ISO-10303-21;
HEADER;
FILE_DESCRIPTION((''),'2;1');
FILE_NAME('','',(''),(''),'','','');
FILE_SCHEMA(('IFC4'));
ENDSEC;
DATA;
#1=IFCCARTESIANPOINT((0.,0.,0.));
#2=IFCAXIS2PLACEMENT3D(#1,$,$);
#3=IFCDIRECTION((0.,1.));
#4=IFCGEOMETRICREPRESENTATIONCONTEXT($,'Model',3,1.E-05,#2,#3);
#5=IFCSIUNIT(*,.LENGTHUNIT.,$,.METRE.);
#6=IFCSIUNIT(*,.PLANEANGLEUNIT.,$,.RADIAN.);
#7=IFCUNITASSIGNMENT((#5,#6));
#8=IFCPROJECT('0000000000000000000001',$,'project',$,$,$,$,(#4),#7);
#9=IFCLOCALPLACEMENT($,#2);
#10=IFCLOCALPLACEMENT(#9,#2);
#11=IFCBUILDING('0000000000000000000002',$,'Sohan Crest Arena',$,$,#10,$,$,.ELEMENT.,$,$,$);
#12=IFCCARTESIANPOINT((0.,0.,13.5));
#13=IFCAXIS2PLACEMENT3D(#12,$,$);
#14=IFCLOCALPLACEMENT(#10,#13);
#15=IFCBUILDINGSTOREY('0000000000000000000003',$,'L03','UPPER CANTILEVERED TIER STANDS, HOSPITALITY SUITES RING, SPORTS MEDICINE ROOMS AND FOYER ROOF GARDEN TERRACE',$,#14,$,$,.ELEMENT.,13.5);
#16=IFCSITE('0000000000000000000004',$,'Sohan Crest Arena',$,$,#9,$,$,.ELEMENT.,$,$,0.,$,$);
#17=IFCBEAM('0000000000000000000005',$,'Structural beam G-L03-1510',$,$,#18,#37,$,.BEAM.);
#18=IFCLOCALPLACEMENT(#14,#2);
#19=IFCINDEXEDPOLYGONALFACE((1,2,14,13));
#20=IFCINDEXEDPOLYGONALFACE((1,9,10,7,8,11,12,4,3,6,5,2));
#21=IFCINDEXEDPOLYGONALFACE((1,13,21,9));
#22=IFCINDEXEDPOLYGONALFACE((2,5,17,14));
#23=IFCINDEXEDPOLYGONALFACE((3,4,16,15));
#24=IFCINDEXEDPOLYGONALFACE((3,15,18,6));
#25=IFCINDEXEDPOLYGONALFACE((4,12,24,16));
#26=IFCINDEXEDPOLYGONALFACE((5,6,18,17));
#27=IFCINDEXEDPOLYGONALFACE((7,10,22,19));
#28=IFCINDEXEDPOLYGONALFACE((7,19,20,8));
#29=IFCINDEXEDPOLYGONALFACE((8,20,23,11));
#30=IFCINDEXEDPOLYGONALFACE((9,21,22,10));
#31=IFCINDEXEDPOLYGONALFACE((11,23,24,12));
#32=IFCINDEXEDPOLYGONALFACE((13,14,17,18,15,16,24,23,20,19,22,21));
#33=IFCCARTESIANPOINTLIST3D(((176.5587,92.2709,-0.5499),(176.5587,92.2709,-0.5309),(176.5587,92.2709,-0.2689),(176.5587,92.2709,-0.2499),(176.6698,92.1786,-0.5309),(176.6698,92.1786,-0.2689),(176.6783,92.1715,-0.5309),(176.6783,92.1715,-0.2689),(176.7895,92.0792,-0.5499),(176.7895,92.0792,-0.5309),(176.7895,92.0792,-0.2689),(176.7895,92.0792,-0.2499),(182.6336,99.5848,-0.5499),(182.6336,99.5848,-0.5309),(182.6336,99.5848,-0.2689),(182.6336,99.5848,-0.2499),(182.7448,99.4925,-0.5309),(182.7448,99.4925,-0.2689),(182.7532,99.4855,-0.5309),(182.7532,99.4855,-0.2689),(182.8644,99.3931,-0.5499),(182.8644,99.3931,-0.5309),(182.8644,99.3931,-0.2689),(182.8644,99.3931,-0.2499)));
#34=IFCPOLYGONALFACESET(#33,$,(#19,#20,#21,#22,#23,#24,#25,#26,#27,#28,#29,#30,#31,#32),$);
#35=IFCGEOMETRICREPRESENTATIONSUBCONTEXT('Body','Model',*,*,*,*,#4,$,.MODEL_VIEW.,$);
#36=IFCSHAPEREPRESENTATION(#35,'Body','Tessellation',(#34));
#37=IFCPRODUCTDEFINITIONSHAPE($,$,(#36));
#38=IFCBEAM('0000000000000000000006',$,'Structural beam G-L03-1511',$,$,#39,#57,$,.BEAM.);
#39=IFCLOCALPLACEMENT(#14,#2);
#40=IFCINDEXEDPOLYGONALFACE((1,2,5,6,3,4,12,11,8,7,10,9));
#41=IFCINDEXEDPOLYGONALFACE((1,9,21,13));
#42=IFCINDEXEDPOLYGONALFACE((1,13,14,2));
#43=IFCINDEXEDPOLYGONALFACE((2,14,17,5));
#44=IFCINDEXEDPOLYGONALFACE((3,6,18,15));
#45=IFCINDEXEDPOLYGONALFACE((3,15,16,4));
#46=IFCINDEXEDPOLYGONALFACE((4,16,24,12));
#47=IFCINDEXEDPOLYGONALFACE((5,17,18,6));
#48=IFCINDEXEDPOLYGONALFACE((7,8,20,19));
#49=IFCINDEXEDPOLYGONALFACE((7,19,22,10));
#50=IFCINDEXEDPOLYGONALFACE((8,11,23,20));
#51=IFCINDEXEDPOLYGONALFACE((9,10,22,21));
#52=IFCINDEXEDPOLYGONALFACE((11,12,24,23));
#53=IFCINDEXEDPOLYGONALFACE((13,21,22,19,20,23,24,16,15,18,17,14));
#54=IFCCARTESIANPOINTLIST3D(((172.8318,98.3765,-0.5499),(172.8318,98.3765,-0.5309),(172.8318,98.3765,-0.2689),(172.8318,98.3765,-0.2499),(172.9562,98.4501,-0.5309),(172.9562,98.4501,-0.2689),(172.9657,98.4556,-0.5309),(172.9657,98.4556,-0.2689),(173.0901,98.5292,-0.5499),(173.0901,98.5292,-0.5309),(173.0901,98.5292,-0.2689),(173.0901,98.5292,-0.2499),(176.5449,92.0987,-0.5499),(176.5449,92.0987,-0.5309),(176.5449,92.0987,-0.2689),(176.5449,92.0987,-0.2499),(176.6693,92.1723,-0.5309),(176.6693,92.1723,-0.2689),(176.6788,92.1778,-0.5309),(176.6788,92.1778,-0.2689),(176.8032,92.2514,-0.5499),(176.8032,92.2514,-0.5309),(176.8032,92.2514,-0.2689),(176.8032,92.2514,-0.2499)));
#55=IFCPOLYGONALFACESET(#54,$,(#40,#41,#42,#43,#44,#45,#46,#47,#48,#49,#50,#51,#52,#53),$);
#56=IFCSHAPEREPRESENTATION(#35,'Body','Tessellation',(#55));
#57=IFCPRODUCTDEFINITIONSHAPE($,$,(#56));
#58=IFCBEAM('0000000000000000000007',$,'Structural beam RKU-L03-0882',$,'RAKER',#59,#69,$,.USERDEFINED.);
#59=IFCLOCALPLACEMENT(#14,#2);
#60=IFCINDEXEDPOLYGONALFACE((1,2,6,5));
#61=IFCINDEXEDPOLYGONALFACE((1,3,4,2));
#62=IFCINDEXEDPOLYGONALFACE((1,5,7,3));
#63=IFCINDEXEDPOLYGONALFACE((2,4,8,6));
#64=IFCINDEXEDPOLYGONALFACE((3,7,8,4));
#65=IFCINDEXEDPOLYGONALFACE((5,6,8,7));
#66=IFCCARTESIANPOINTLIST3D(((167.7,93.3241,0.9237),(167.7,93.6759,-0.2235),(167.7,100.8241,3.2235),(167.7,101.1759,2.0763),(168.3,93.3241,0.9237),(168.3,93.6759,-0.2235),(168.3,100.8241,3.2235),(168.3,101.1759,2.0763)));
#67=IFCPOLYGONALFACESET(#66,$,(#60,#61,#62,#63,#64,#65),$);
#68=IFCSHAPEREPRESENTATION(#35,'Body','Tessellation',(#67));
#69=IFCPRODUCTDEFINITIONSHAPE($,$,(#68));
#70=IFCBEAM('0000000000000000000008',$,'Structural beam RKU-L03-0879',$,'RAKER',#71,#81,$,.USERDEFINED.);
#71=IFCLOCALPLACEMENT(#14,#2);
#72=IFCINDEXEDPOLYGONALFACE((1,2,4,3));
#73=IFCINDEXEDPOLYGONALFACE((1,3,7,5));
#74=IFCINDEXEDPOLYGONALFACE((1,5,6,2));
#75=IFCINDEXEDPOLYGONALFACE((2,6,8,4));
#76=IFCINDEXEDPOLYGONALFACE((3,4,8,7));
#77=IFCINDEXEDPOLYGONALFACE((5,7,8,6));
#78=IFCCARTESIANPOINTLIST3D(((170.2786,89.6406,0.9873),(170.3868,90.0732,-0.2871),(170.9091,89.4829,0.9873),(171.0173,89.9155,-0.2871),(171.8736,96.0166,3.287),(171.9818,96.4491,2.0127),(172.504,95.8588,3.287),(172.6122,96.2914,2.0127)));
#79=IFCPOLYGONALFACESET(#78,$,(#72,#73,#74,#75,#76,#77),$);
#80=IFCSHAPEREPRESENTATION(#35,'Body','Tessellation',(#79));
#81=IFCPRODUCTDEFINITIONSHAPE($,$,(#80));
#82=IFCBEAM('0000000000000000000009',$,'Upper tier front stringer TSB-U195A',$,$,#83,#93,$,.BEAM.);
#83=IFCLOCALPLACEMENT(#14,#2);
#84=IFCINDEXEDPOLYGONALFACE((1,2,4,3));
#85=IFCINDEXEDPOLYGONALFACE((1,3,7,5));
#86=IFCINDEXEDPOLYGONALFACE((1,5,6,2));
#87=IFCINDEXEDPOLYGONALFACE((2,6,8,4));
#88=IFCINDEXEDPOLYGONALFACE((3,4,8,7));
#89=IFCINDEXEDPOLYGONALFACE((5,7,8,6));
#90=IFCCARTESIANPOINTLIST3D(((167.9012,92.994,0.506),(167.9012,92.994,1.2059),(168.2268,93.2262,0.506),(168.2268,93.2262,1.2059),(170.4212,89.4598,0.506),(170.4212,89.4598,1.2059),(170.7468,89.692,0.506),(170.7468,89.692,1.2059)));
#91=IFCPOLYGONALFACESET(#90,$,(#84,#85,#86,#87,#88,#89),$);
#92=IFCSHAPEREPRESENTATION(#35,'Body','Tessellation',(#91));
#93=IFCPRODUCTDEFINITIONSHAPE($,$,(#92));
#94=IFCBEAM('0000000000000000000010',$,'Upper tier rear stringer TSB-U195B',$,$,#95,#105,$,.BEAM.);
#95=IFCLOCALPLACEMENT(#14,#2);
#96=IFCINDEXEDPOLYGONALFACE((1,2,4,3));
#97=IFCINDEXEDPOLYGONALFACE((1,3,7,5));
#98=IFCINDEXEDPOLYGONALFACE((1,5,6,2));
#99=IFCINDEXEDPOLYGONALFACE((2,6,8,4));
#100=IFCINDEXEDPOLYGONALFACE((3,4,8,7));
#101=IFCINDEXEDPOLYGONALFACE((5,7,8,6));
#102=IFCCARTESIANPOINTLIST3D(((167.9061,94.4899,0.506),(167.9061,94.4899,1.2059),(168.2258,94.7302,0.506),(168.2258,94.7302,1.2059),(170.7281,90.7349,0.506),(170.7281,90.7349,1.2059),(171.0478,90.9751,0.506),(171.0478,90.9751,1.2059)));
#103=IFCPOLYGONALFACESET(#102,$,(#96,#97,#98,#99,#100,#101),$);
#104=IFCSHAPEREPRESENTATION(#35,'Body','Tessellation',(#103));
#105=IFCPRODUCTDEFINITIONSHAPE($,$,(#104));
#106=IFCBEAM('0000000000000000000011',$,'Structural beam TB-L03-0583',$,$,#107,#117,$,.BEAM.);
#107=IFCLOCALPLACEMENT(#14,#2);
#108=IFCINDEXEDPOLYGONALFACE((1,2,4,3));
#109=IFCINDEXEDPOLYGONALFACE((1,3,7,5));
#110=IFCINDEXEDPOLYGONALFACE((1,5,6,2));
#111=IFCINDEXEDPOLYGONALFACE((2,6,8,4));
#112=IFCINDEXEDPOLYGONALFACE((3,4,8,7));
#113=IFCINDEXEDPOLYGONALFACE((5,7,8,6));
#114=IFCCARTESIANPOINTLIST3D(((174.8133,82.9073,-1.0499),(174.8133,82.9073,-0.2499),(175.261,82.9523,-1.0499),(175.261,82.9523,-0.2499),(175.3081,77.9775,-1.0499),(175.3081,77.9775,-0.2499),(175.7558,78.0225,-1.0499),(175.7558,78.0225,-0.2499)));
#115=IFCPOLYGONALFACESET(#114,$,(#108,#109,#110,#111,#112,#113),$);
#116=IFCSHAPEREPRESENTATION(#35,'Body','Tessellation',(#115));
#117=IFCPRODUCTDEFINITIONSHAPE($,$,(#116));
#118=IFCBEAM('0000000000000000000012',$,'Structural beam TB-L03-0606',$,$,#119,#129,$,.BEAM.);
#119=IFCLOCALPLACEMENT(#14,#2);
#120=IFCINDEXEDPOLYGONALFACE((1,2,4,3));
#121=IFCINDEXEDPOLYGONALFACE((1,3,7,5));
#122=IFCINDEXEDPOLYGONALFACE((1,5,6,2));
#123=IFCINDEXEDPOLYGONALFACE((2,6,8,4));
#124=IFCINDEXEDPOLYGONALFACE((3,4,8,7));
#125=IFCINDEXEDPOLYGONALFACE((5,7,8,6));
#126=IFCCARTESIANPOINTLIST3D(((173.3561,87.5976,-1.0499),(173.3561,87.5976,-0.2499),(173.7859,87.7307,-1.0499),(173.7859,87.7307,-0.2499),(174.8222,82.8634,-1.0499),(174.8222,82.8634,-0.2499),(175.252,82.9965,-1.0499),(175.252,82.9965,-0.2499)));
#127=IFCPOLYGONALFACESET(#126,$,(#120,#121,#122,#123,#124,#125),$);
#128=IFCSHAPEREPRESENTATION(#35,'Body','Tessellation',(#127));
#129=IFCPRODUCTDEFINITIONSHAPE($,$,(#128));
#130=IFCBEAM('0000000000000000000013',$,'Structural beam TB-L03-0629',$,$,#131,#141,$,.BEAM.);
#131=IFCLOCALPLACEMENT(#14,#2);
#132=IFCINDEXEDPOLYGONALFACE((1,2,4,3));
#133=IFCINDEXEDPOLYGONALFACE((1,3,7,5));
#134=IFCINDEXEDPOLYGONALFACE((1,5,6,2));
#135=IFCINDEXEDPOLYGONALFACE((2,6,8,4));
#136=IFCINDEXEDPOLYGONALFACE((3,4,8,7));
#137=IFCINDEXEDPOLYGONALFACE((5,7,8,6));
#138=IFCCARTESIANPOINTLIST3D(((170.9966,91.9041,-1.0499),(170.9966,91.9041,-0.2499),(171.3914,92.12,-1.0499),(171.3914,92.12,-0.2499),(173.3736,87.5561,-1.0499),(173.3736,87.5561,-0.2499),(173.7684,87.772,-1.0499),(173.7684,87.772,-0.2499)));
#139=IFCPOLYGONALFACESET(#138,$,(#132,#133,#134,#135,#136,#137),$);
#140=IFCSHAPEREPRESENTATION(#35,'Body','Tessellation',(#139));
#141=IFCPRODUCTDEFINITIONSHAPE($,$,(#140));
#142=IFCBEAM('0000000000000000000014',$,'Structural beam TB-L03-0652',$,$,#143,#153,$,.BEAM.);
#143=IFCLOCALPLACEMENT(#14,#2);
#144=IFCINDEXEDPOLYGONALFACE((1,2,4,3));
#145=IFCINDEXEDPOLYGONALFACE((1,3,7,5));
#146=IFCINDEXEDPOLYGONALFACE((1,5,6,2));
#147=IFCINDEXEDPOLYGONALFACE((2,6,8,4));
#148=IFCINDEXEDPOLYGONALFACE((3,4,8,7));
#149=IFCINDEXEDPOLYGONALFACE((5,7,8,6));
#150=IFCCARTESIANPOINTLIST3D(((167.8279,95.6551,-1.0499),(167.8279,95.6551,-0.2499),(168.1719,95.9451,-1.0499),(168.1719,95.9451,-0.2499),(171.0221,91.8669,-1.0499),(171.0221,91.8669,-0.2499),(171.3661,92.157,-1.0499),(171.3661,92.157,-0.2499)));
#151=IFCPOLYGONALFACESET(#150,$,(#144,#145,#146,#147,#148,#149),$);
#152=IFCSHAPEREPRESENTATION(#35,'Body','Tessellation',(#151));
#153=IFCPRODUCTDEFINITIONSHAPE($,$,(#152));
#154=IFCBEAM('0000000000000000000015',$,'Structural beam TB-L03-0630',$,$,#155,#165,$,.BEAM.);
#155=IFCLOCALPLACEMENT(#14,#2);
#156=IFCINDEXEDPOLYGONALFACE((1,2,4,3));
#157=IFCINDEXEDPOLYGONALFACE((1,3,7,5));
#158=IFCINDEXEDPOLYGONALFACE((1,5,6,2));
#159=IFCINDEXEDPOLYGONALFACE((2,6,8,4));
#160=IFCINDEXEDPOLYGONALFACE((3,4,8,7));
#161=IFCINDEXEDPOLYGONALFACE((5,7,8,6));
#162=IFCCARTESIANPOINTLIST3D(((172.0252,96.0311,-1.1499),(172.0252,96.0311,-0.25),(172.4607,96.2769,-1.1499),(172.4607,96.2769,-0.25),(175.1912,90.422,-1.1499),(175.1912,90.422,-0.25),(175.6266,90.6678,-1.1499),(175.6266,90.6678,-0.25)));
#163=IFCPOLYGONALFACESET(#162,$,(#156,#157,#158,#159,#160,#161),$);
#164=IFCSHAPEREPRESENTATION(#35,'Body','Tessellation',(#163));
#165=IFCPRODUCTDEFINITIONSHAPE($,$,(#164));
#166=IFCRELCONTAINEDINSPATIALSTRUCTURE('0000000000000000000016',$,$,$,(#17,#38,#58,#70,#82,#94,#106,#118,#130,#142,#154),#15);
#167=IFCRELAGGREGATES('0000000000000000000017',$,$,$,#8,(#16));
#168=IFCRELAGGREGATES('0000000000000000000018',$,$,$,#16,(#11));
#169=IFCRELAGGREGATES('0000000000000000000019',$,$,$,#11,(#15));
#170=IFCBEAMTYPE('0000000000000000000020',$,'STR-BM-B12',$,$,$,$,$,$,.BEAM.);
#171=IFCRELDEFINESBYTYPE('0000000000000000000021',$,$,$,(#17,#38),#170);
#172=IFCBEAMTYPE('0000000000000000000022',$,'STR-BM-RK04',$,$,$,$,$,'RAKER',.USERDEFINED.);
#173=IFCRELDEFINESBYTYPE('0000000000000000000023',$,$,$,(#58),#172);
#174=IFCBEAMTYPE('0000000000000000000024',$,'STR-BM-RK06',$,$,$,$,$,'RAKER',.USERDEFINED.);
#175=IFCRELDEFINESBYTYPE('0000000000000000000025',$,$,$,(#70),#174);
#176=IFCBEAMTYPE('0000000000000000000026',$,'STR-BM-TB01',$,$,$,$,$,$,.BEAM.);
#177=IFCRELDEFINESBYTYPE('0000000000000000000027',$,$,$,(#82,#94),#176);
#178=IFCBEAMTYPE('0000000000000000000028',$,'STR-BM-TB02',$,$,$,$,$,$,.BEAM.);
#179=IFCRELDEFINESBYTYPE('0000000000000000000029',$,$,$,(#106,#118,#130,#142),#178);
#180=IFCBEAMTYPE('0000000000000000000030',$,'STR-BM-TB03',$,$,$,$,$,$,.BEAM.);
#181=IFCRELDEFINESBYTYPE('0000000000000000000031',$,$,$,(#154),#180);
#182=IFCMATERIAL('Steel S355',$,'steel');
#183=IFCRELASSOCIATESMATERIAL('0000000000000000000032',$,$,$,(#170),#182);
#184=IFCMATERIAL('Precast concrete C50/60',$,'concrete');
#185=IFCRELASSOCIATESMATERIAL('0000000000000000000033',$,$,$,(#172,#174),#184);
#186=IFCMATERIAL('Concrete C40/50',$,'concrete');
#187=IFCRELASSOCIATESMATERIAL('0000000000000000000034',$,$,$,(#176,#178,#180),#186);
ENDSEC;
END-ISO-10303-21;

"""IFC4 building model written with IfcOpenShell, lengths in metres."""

from ifc_helpers import new_model, si_unit, direction, frame, origin, origin_2d, place, context, subcontext, project, spatial, rectangle, i_section, extrude, material, material_profile, profile_set, type_object, element, save


model = new_model("IFC4")

# Units and contexts
model_context = context("Model", 3, precision=1e-05, world=origin(), true_north=direction((0.0, 1.0)))
body_context = subcontext(model_context, "Body", "Model", "MODEL_VIEW")
ifc_project = project(units=[si_unit("LENGTHUNIT", "METRE"), si_unit("PLANEANGLEUNIT", "RADIAN")], contexts=[model_context])

# Site, building, storey
site_placement = place(None, origin())
site = spatial("IfcSite", under=ifc_project, at=site_placement, Name="Sohan Crest Arena", CompositionType="ELEMENT", RefElevation=0.0)
building_placement = place(site_placement, origin())
building = spatial("IfcBuilding", under=site, at=building_placement, Name="Sohan Crest Arena", CompositionType="ELEMENT")
storey_placement = place(building_placement, frame((0.0, 0.0, 13.5)))
storey = spatial("IfcBuildingStorey", under=building, at=storey_placement, Name="L03", Description="UPPER CANTILEVERED TIER STANDS, HOSPITALITY SUITES RING, SPORTS MEDICINE ROOMS AND FOYER ROOF GARDEN TERRACE", CompositionType="ELEMENT", Elevation=13.5)

# Shared definitions
ifc_material_1 = material(Name="Concrete C40/50", Category="concrete")
ifc_material_2 = material(Name="Steel S355", Category="steel")

# Beams
ifc_material_profile_1 = material_profile(ifc_material_2, i_section(OverallWidth=0.3, OverallDepth=0.3, WebThickness=0.011, FlangeThickness=0.019, at=origin_2d()), Name="HEB 300")
ifc_profile_set_1 = profile_set([ifc_material_profile_1], Name="Steel S355")
beam_type_1 = type_object("IfcBeamType", Name="STR-BM-B12", PredefinedType="BEAM", material=ifc_profile_set_1)
beam_1_placement = place(storey_placement, frame((176.6741, 92.175, -0.3999), z_axis=(0.638941, 0.769256, 0.0), x_axis=(-0.769256, 0.638941, 0.0)))
element("IfcBeam", 1, at=beam_1_placement, inside=storey, type_object=beam_type_1, Name="Structural beam G-L03-1510", PredefinedType="BEAM", context=body_context, shape_type="SweptSolid", body=[
    extrude(i_section(OverallWidth=0.3, OverallDepth=0.3, WebThickness=0.011, FlangeThickness=0.019, at=origin_2d()), origin(), (0.0, 0.0, 1.0), 9.5078),
])
beam_2_placement = place(storey_placement, frame((176.6741, 92.175, -0.3999), z_axis=(-0.509086, 0.860716, 0.0), x_axis=(-0.860716, -0.509086, 0.0)))
element("IfcBeam", 2, at=beam_2_placement, inside=storey, type_object=beam_type_1, Name="Structural beam G-L03-1511", PredefinedType="BEAM", context=body_context, shape_type="SweptSolid", body=[
    extrude(i_section(OverallWidth=0.3, OverallDepth=0.3, WebThickness=0.011, FlangeThickness=0.019, at=origin_2d()), origin(), (0.0, 0.0, 1.0), 7.2937),
])
ifc_material_3 = material(Name="Precast concrete C50/60", Category="concrete")
ifc_material_profile_2 = material_profile(ifc_material_3, rectangle(XDim=0.6001, YDim=1.2, at=origin_2d()), Name="RAKER 600x1200")
ifc_profile_set_2 = profile_set([ifc_material_profile_2], Name="Precast concrete C50/60")
beam_type_2 = type_object("IfcBeamType", Name="STR-BM-RK04", ElementType="RAKER", PredefinedType="USERDEFINED", material=ifc_profile_set_2)
beam_3_placement = place(storey_placement, frame((168.0, 93.5, 0.3501), z_axis=(0.0, 0.956061, 0.293167), x_axis=(-1.0, 0.0, 0.0)))
element("IfcBeam", 3, at=beam_3_placement, inside=storey, type_object=beam_type_2, Name="Structural beam RKU-L03-0882", ObjectType="RAKER", PredefinedType="USERDEFINED", context=body_context, shape_type="SweptSolid", body=[
    extrude(rectangle(XDim=0.6001, YDim=1.2, at=origin_2d()), origin(), (0.0, 0.0, 1.0), 7.8447),
])
ifc_material_profile_3 = material_profile(ifc_material_3, rectangle(XDim=0.6499, YDim=1.3501, at=origin_2d()), Name="RAKER 650x1350")
ifc_profile_set_3 = profile_set([ifc_material_profile_3], Name="Precast concrete C50/60")
beam_type_3 = type_object("IfcBeamType", Name="STR-BM-RK06", ElementType="RAKER", PredefinedType="USERDEFINED", material=ifc_profile_set_3)
beam_4_placement = place(storey_placement, frame((170.6479, 89.7781, 0.3501), z_axis=(0.229057, 0.915668, 0.33028), x_axis=(-0.970108, 0.242675, 0.0)))
element("IfcBeam", 4, at=beam_4_placement, inside=storey, type_object=beam_type_3, Name="Structural beam RKU-L03-0879", ObjectType="RAKER", PredefinedType="USERDEFINED", context=body_context, shape_type="SweptSolid", body=[
    extrude(rectangle(XDim=0.6499, YDim=1.3501, at=origin_2d()), origin(), (0.0, 0.0, 1.0), 6.9631),
])
ifc_material_profile_4 = material_profile(ifc_material_1, rectangle(XDim=0.3999, YDim=0.7, at=origin_2d()), Name="RC-BM 400x700")
ifc_profile_set_4 = profile_set([ifc_material_profile_4], Name="Concrete C40/50")
beam_type_4 = type_object("IfcBeamType", Name="STR-BM-TB01", PredefinedType="BEAM", material=ifc_profile_set_4)
beam_5_placement = place(storey_placement, frame((170.584, 89.5759, 0.856), z_axis=(-0.580568, 0.814212, 0.0), x_axis=(-0.814212, -0.580568, 0.0)))
element("IfcBeam", 5, at=beam_5_placement, inside=storey, type_object=beam_type_4, Name="Upper tier front stringer TSB-U195A", PredefinedType="BEAM", context=body_context, shape_type="SweptSolid", body=[
    extrude(rectangle(XDim=0.3999, YDim=0.7, at=origin_2d()), origin(), (0.0, 0.0, 1.0), 4.3406),
])
beam_6_placement = place(storey_placement, frame((170.8879, 90.855, 0.856), z_axis=(-0.600773, 0.79942, 0.0), x_axis=(-0.79942, -0.600773, 0.0)))
element("IfcBeam", 6, at=beam_6_placement, inside=storey, type_object=beam_type_4, Name="Upper tier rear stringer TSB-U195B", PredefinedType="BEAM", context=body_context, shape_type="SweptSolid", body=[
    extrude(rectangle(XDim=0.3999, YDim=0.7, at=origin_2d()), origin(), (0.0, 0.0, 1.0), 4.6973),
])
ifc_material_profile_5 = material_profile(ifc_material_1, rectangle(XDim=0.45, YDim=0.8, at=origin_2d()), Name="RC-BM 450x800")
ifc_profile_set_5 = profile_set([ifc_material_profile_5], Name="Concrete C40/50")
beam_type_5 = type_object("IfcBeamType", Name="STR-BM-TB02", PredefinedType="BEAM", material=ifc_profile_set_5)
beam_7_placement = place(storey_placement, frame((175.532, 78.0, -0.6499), z_axis=(-0.099879, 0.995, 0.0), x_axis=(-0.995, -0.099879, 0.0)))
element("IfcBeam", 7, at=beam_7_placement, inside=storey, type_object=beam_type_5, Name="Structural beam TB-L03-0583", PredefinedType="BEAM", context=body_context, shape_type="SweptSolid", body=[
    extrude(rectangle(XDim=0.45, YDim=0.8, at=origin_2d()), origin(), (0.0, 0.0, 1.0), 4.9546),
])
beam_8_placement = place(storey_placement, frame((175.0371, 82.9299, -0.6499), z_axis=(-0.29582, 0.955244, 0.0), x_axis=(-0.955244, -0.29582, 0.0)))
element("IfcBeam", 8, at=beam_8_placement, inside=storey, type_object=beam_type_5, Name="Structural beam TB-L03-0606", PredefinedType="BEAM", context=body_context, shape_type="SweptSolid", body=[
    extrude(rectangle(XDim=0.45, YDim=0.8, at=origin_2d()), origin(), (0.0, 0.0, 1.0), 4.9561),
])
beam_9_placement = place(storey_placement, frame((173.571, 87.6641, -0.6499), z_axis=(-0.479687, 0.87744, 0.0), x_axis=(-0.87744, -0.479687, 0.0)))
element("IfcBeam", 9, at=beam_9_placement, inside=storey, type_object=beam_type_5, Name="Structural beam TB-L03-0629", PredefinedType="BEAM", context=body_context, shape_type="SweptSolid", body=[
    extrude(rectangle(XDim=0.45, YDim=0.8, at=origin_2d()), origin(), (0.0, 0.0, 1.0), 4.9553),
])
beam_10_placement = place(storey_placement, frame((171.1941, 92.012, -0.6499), z_axis=(-0.644623, 0.764501, 0.0), x_axis=(-0.764501, -0.644623, 0.0)))
element("IfcBeam", 10, at=beam_10_placement, inside=storey, type_object=beam_type_5, Name="Structural beam TB-L03-0652", PredefinedType="BEAM", context=body_context, shape_type="SweptSolid", body=[
    extrude(rectangle(XDim=0.45, YDim=0.8, at=origin_2d()), origin(), (0.0, 0.0, 1.0), 4.9551),
])
ifc_material_profile_6 = material_profile(ifc_material_1, rectangle(XDim=0.5, YDim=0.8999, at=origin_2d()), Name="RC-BM 500x900")
ifc_profile_set_6 = profile_set([ifc_material_profile_6], Name="Concrete C40/50")
beam_type_6 = type_object("IfcBeamType", Name="STR-BM-TB03", PredefinedType="BEAM", material=ifc_profile_set_6)
beam_11_placement = place(storey_placement, frame((175.4089, 90.5449, -0.7), z_axis=(-0.491544, 0.870853, 0.0), x_axis=(-0.870853, -0.491544, 0.0)))
element("IfcBeam", 11, at=beam_11_placement, inside=storey, type_object=beam_type_6, Name="Structural beam TB-L03-0630", PredefinedType="BEAM", context=body_context, shape_type="SweptSolid", body=[
    extrude(rectangle(XDim=0.5, YDim=0.8999, at=origin_2d()), origin(), (0.0, 0.0, 1.0), 6.4409),
])

save(model, "model.ifc")
